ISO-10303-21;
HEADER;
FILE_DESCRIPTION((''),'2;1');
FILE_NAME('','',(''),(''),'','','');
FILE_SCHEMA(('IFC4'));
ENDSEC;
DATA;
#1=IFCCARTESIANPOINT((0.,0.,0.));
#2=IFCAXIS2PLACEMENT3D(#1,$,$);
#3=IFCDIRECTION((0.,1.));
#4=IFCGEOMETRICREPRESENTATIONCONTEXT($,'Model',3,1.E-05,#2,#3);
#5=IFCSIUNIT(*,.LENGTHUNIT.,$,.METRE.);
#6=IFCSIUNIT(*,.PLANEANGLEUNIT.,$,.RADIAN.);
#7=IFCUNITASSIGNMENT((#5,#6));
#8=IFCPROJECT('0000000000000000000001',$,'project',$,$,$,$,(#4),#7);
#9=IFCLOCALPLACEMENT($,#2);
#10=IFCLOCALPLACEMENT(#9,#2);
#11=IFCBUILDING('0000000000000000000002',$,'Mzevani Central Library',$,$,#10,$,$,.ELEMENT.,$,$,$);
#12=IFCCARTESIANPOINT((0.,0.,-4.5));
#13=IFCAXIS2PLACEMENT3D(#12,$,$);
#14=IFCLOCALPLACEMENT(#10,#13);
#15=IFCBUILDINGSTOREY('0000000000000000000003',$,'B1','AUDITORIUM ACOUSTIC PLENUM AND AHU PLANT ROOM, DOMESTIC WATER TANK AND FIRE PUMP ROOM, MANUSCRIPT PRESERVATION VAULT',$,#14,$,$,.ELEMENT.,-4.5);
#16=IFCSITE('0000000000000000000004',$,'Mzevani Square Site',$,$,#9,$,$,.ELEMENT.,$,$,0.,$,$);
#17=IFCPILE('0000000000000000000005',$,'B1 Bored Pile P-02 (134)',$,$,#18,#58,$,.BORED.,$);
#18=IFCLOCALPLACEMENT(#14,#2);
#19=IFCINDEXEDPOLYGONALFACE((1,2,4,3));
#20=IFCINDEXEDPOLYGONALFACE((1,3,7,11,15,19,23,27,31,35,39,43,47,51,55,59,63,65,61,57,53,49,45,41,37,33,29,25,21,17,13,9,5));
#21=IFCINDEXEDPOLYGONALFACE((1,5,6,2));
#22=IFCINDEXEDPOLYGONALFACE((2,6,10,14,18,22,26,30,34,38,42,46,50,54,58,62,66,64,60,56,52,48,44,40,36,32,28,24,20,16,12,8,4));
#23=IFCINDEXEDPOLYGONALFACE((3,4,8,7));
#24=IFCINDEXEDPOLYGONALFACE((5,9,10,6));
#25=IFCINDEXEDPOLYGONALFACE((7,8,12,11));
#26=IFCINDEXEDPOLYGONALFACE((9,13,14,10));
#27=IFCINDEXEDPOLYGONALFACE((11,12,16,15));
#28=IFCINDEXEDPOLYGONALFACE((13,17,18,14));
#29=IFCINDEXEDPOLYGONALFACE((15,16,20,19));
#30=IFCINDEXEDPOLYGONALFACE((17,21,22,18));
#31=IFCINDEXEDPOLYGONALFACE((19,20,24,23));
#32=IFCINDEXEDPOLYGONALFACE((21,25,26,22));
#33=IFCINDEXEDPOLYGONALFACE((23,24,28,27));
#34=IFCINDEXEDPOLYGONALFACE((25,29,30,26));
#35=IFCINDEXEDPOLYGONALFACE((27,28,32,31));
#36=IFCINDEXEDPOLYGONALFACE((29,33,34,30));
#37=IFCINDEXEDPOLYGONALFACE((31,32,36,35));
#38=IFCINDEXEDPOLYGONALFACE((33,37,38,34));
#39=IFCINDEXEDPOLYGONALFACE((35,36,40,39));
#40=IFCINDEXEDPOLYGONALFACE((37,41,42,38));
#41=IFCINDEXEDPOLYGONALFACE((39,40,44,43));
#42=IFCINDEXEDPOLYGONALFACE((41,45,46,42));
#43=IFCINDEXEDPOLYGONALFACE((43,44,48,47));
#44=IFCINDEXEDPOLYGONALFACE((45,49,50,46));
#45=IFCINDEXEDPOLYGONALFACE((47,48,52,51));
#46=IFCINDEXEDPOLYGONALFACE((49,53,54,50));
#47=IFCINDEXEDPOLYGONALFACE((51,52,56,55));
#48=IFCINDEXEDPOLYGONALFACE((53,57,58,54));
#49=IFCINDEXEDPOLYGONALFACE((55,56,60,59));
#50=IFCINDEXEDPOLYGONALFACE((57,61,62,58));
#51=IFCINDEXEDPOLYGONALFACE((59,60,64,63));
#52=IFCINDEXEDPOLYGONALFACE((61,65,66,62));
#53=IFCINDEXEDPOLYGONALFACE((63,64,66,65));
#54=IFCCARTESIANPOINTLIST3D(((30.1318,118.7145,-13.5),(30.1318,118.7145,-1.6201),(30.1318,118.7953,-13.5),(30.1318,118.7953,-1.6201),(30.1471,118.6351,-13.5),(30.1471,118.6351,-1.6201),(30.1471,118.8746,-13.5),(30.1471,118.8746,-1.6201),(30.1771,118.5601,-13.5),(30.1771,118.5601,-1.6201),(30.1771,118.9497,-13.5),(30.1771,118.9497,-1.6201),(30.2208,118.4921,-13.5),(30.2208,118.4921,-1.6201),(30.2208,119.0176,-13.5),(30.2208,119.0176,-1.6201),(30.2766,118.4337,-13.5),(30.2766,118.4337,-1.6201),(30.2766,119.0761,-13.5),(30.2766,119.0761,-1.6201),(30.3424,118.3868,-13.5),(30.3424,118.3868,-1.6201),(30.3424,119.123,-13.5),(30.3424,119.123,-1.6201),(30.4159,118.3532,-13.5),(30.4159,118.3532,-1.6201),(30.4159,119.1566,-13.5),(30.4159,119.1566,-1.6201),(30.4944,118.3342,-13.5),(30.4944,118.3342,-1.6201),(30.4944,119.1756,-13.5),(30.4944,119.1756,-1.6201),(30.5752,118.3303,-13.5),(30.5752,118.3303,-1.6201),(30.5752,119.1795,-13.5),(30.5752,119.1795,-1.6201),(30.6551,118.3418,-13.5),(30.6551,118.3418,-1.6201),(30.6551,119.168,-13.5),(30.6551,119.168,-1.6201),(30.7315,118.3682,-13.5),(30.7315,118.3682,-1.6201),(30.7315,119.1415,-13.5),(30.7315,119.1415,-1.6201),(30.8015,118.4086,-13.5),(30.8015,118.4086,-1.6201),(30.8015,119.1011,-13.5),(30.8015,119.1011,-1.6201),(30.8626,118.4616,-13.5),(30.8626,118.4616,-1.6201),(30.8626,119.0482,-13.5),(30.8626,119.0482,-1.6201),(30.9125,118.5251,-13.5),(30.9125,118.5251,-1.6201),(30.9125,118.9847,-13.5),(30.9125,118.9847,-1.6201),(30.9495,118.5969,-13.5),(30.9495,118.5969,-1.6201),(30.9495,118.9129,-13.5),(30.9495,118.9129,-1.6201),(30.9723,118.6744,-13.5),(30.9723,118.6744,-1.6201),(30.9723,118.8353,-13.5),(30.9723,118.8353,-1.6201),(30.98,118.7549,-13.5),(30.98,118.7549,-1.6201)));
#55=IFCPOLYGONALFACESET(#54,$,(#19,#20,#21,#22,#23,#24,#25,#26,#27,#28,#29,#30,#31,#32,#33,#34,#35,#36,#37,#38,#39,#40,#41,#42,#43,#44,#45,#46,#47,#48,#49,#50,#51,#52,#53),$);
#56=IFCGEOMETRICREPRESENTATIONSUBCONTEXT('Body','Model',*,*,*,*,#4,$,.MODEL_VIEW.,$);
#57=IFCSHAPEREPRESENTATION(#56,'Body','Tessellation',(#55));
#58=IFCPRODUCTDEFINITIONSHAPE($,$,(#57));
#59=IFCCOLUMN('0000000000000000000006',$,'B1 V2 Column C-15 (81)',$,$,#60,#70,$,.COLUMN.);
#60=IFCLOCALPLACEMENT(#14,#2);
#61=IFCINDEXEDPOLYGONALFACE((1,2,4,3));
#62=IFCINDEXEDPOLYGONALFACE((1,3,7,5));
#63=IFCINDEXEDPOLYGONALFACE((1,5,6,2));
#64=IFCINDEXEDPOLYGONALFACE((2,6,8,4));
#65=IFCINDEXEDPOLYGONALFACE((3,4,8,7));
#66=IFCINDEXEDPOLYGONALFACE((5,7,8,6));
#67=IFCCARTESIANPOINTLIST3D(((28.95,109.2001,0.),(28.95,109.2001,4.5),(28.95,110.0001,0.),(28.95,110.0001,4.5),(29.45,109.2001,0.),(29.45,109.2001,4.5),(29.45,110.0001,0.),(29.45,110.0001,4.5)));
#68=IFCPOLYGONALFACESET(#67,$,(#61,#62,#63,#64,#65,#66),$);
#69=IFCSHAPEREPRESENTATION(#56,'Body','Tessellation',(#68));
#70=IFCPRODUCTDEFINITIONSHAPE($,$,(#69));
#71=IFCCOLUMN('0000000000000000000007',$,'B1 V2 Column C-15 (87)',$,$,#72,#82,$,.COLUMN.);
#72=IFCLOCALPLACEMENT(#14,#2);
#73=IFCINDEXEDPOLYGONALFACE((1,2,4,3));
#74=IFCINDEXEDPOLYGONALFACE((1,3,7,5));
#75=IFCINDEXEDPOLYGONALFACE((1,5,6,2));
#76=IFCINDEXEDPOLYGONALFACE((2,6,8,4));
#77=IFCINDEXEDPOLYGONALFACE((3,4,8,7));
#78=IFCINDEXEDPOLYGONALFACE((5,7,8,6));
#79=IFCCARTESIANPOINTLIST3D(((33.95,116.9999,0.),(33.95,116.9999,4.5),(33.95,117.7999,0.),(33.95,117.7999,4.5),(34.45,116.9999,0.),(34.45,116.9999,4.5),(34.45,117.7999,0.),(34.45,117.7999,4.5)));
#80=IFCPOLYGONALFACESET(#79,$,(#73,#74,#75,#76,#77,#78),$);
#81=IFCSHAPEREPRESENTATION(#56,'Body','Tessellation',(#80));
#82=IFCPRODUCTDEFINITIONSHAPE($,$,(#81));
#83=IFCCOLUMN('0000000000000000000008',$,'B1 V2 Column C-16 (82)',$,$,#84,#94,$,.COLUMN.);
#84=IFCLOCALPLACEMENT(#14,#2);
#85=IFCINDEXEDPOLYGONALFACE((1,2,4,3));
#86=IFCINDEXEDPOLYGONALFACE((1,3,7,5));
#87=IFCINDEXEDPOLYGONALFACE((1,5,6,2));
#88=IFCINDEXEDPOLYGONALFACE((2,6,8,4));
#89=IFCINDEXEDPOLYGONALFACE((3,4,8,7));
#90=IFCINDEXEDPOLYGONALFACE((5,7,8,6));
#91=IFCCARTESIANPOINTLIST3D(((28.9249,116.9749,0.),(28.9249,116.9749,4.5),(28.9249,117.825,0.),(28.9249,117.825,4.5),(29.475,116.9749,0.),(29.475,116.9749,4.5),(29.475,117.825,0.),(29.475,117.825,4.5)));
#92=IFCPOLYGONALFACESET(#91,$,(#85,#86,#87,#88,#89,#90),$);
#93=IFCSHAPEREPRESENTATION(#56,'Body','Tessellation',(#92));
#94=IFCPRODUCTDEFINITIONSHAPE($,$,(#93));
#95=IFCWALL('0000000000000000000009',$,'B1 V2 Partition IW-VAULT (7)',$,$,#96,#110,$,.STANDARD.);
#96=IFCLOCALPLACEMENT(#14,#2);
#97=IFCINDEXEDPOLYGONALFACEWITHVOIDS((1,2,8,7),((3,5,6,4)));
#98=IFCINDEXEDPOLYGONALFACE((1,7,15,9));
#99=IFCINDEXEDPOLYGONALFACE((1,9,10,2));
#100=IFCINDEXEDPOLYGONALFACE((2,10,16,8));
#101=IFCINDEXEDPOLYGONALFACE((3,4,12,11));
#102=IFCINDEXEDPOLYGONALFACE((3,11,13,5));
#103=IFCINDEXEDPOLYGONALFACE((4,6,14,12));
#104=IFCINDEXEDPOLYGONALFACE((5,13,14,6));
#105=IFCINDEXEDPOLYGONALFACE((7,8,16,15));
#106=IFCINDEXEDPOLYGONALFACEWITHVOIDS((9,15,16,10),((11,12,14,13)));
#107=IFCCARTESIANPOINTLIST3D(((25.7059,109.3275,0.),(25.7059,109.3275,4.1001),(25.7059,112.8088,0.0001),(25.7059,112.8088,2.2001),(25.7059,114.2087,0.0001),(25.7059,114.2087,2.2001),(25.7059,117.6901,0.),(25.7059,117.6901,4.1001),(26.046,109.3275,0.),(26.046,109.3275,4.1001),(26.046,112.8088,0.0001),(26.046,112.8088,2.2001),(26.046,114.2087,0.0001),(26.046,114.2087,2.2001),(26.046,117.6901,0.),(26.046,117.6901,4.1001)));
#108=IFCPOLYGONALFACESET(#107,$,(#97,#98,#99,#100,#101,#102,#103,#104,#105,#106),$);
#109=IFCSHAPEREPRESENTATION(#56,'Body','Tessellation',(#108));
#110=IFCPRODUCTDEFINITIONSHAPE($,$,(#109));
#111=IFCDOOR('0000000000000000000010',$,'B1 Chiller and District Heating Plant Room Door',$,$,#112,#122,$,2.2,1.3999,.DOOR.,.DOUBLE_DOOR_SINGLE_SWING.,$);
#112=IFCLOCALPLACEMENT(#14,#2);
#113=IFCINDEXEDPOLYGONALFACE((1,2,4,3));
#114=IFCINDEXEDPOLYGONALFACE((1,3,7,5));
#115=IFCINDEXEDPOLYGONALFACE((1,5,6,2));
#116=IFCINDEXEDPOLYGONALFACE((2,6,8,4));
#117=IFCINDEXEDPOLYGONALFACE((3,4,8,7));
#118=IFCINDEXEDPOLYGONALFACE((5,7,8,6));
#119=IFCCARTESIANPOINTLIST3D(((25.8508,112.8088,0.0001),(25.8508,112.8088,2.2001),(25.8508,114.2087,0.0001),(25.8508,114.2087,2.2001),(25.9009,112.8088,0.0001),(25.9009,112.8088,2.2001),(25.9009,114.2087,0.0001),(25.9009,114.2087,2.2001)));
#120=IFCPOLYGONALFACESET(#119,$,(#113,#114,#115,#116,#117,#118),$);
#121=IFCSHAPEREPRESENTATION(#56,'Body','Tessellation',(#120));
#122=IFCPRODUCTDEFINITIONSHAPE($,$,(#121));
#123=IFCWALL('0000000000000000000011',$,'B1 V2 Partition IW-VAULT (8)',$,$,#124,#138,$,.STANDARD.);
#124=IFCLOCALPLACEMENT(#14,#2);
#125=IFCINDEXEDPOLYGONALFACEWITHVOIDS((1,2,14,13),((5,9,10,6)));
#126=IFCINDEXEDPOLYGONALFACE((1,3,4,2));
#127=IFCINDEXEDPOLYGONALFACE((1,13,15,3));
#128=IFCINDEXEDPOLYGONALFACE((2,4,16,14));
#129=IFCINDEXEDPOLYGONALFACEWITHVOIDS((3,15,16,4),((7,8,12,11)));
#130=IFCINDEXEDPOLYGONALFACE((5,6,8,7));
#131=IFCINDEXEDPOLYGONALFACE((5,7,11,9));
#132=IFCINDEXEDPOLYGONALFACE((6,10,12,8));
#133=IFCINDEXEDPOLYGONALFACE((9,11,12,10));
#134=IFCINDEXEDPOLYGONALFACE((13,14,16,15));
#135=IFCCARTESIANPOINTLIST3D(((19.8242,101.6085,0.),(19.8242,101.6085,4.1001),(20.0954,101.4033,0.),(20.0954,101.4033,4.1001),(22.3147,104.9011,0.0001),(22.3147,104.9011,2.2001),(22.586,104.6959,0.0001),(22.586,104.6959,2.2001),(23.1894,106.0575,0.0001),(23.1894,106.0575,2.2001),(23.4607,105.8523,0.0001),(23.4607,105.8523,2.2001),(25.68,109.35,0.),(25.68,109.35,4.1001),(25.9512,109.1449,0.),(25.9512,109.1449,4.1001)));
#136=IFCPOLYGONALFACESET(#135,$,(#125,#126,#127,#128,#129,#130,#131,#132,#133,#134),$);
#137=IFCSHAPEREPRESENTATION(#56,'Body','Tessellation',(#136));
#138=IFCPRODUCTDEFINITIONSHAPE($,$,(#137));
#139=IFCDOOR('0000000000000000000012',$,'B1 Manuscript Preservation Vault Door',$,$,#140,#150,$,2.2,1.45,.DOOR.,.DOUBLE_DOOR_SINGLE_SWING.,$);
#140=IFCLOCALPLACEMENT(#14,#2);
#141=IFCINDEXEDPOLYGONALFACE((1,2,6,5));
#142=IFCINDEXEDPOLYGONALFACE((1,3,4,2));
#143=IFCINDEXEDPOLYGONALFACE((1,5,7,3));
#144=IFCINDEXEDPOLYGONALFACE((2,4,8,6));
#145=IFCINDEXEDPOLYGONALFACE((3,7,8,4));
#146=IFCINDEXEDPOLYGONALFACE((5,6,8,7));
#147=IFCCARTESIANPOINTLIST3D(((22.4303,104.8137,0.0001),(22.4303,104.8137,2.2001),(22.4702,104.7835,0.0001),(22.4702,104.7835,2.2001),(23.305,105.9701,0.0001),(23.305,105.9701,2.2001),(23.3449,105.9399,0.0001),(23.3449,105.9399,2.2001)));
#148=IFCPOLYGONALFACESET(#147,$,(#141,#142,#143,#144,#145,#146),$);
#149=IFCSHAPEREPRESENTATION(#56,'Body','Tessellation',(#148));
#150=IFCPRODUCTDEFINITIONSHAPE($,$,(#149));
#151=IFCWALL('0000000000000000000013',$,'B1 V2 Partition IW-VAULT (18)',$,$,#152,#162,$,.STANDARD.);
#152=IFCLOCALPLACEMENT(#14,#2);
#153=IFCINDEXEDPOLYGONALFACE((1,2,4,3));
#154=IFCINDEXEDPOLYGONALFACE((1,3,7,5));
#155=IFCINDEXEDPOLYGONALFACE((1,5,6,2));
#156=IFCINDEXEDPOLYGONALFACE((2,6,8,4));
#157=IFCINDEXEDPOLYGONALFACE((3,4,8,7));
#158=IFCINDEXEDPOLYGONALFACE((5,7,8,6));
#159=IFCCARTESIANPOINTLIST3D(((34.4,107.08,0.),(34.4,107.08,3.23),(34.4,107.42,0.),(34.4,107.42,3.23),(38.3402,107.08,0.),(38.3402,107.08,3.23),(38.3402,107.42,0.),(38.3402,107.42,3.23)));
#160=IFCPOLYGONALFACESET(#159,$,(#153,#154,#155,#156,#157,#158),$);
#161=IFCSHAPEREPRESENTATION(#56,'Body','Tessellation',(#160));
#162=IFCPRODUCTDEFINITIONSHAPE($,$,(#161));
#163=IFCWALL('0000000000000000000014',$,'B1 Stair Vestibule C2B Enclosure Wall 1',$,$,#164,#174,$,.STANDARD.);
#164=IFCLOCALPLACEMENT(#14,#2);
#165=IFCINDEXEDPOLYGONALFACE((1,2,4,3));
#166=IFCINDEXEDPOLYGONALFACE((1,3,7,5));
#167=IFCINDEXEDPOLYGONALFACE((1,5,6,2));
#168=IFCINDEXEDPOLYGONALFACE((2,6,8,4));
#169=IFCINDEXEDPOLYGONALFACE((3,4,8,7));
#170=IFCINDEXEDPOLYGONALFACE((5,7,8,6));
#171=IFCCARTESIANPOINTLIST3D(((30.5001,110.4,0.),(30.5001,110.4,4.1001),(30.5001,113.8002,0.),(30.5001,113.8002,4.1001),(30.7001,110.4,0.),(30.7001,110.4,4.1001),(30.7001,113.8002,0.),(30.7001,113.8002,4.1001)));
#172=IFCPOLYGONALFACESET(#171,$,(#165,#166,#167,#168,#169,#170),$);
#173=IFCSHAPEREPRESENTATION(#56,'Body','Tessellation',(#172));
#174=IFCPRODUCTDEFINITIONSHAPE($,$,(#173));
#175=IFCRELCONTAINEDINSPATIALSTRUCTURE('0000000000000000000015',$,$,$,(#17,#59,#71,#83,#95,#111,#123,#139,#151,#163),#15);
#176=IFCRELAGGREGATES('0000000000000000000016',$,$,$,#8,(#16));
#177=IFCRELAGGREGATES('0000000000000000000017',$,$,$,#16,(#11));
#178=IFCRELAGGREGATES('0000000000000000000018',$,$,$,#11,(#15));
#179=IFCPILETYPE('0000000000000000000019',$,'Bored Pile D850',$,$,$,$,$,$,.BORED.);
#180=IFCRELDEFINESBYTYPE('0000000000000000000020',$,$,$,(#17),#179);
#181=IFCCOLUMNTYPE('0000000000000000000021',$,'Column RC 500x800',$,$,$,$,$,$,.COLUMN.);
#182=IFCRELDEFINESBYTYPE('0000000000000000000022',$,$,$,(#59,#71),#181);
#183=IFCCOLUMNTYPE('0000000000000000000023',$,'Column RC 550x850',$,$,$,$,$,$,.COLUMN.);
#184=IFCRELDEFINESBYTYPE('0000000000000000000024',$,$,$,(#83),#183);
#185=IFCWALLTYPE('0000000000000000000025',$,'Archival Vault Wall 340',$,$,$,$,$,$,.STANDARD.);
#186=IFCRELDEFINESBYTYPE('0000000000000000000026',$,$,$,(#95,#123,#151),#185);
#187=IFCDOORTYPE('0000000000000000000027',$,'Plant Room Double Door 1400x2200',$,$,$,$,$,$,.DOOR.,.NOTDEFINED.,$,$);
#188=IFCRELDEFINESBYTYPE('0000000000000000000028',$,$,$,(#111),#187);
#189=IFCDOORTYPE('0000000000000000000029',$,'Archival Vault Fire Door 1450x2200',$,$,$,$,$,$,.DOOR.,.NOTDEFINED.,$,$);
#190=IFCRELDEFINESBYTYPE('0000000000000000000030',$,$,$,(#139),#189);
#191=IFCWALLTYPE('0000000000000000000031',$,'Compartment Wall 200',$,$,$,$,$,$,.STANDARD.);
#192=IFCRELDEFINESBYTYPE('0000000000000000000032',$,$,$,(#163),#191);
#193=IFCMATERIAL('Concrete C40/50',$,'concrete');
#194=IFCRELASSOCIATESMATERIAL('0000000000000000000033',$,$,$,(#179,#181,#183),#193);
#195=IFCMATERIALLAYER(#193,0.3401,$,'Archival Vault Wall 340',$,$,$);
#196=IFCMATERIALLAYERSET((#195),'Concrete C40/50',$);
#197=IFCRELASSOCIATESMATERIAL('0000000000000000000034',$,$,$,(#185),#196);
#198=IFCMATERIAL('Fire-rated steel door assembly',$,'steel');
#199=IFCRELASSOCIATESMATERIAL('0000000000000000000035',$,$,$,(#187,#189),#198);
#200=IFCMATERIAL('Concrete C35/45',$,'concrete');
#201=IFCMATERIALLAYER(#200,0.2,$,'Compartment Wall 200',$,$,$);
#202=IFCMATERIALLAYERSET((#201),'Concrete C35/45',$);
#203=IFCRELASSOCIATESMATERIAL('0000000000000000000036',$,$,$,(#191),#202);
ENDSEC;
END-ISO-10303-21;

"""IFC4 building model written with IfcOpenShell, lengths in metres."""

from ifc_helpers import new_model, si_unit, direction, frame, frame_2d, origin, origin_2d, place, context, subcontext, project, spatial, rectangle, circle, extrude, material, layer, layer_set, material_profile, profile_set, type_object, element, fill, save


model = new_model("IFC4")

# Units and contexts
model_context = context("Model", 3, precision=1e-05, world=origin(), true_north=direction((0.0, 1.0)))
body_context = subcontext(model_context, "Body", "Model", "MODEL_VIEW")
ifc_project = project(units=[si_unit("LENGTHUNIT", "METRE"), si_unit("PLANEANGLEUNIT", "RADIAN")], contexts=[model_context])

# Site, building, storey
site_placement = place(None, origin())
site = spatial("IfcSite", under=ifc_project, at=site_placement, Name="Mzevani Square Site", CompositionType="ELEMENT", RefElevation=0.0)
building_placement = place(site_placement, origin())
building = spatial("IfcBuilding", under=site, at=building_placement, Name="Mzevani Central Library", CompositionType="ELEMENT")
storey_placement = place(building_placement, frame((0.0, 0.0, -4.5)))
storey = spatial("IfcBuildingStorey", under=building, at=storey_placement, Name="B1", Description="AUDITORIUM ACOUSTIC PLENUM AND AHU PLANT ROOM, DOMESTIC WATER TANK AND FIRE PUMP ROOM, MANUSCRIPT PRESERVATION VAULT", CompositionType="ELEMENT", Elevation=-4.5)

# Pile
ifc_material_1 = material(Name="Concrete C40/50", Category="concrete")
ifc_material_profile_1 = material_profile(ifc_material_1, circle(Radius=0.425, at=origin_2d()), Name="PILE D850")
ifc_profile_set_1 = profile_set([ifc_material_profile_1], Name="Concrete C40/50")
pile_type_1 = type_object("IfcPileType", Name="Bored Pile D850", PredefinedType="BORED", material=ifc_profile_set_1)
for number, where, z_axis, x_axis, name in (
    (1, (30.5549, 118.7549, -1.6201), (0.0, 0.0, -1.0), (1.0, 0.0, 0.0), "B1 Bored Pile P-02 (134)"),
):
    element("IfcPile", number, at=place(storey_placement, frame(where, z_axis=z_axis, x_axis=x_axis)), inside=storey, type_object=pile_type_1, Name=name, PredefinedType="BORED", context=body_context, shape_type="SweptSolid", body=[
        extrude(circle(Radius=0.425, at=origin_2d()), origin(), (0.0, 0.0, 1.0), 11.8799),
    ])

# Columns
ifc_material_profile_2 = material_profile(ifc_material_1, rectangle(XDim=0.5, YDim=0.8, at=origin_2d()), Name="RC 500x800")
ifc_profile_set_2 = profile_set([ifc_material_profile_2], Name="Concrete C40/50")
column_type_1 = type_object("IfcColumnType", Name="Column RC 500x800", PredefinedType="COLUMN", material=ifc_profile_set_2)
for number, where, z_axis, x_axis, name in (
    (2, (29.2, 109.6001, 0.0), (0.0, 0.0, 1.0), (1.0, 0.0, 0.0), "B1 V2 Column C-15 (81)"),
    (3, (34.2, 117.3999, 0.0), (0.0, 0.0, 1.0), (1.0, 0.0, 0.0), "B1 V2 Column C-15 (87)"),
):
    element("IfcColumn", number, at=place(storey_placement, frame(where, z_axis=z_axis, x_axis=x_axis)), inside=storey, type_object=column_type_1, Name=name, PredefinedType="COLUMN", context=body_context, shape_type="SweptSolid", body=[
        extrude(rectangle(XDim=0.5, YDim=0.8, at=origin_2d()), origin(), (0.0, 0.0, 1.0), 4.5),
    ])
ifc_material_profile_3 = material_profile(ifc_material_1, rectangle(XDim=0.55, YDim=0.8501, at=origin_2d()), Name="RC 550x850")
ifc_profile_set_3 = profile_set([ifc_material_profile_3], Name="Concrete C40/50")
column_type_2 = type_object("IfcColumnType", Name="Column RC 550x850", PredefinedType="COLUMN", material=ifc_profile_set_3)
column_placement = place(storey_placement, frame((29.2, 117.3999, 0.0), z_axis=(0.0, 0.0, 1.0), x_axis=(1.0, 0.0, 0.0)))
element("IfcColumn", 4, at=column_placement, inside=storey, type_object=column_type_2, Name="B1 V2 Column C-16 (82)", PredefinedType="COLUMN", context=body_context, shape_type="SweptSolid", body=[
    extrude(rectangle(XDim=0.55, YDim=0.8501, at=origin_2d()), origin(), (0.0, 0.0, 1.0), 4.5),
])

# Walls, openings, doors
ifc_layer_1 = layer(ifc_material_1, 0.3401, Name="Archival Vault Wall 340")
ifc_layer_set_1 = layer_set([ifc_layer_1], Name="Concrete C40/50")
wall_type_1 = type_object("IfcWallType", Name="Archival Vault Wall 340", PredefinedType="STANDARD", material=ifc_layer_set_1)
wall_1_placement = place(storey_placement, frame((25.876, 117.6899, 0.0), z_axis=(0.0, 0.0, 1.0), x_axis=(0.0, -1.0, 0.0)))
wall_1 = element("IfcWall", 5, at=wall_1_placement, inside=storey, type_object=wall_type_1, Name="B1 V2 Partition IW-VAULT (7)", PredefinedType="STANDARD", context=body_context, shape_type="SweptSolid", body=[
    extrude(rectangle(XDim=8.3625, YDim=0.3401, at=frame_2d((4.1812, 0.0))), origin(), (0.0, 0.0, 1.0), 4.1001),
])
opening_1_placement = place(wall_1_placement, frame((3.4812, 0.0, 0.0)))
opening_1 = element("IfcOpeningElement", 6, at=opening_1_placement, cuts=wall_1, PredefinedType="OPENING", context=body_context, shape_type="SweptSolid", body=[
    extrude(rectangle(XDim=1.3999, YDim=2.2, at=frame_2d((0.7, 1.1001))), frame((0.0, 0.1802, 0.0), z_axis=(0.0, -1.0, 0.0), x_axis=(1.0, 0.0, 0.0)), (0.0, 0.0, 1.0), 0.3601),
])
ifc_material_2 = material(Name="Fire-rated steel door assembly", Category="steel")
door_type_1 = type_object("IfcDoorType", Name="Plant Room Double Door 1400x2200", OperationType="NOTDEFINED", PredefinedType="DOOR", material=ifc_material_2)
door_1_placement = place(opening_1_placement, origin())
door_1 = element("IfcDoor", 7, at=door_1_placement, inside=storey, type_object=door_type_1, Name="B1 Chiller and District Heating Plant Room Door", OperationType="DOUBLE_DOOR_SINGLE_SWING", OverallHeight=2.2, OverallWidth=1.3999, PredefinedType="DOOR", context=body_context, shape_type="SweptSolid", body=[
    extrude(rectangle(XDim=1.3999, YDim=2.2, at=frame_2d((0.7, 1.1001))), frame((0.0, 0.0249, 0.0), z_axis=(0.0, -1.0, 0.0), x_axis=(1.0, 0.0, 0.0)), (0.0, 0.0, 1.0), 0.05),
])
fill(opening_1, door_1)
wall_2_placement = place(storey_placement, frame((25.8157, 109.2476, 0.0), z_axis=(0.0, 0.0, 1.0), x_axis=(-0.603267, -0.797539, 0.0)))
wall_2 = element("IfcWall", 8, at=wall_2_placement, inside=storey, type_object=wall_type_1, Name="B1 V2 Partition IW-VAULT (8)", PredefinedType="STANDARD", context=body_context, shape_type="SweptSolid", body=[
    extrude(rectangle(XDim=9.7068, YDim=0.3401, at=frame_2d((4.8535, 0.0))), origin(), (0.0, 0.0, 1.0), 4.1001),
])
opening_2_placement = place(wall_2_placement, frame((4.1284, 0.0, 0.0)))
opening_2 = element("IfcOpeningElement", 9, at=opening_2_placement, cuts=wall_2, PredefinedType="OPENING", context=body_context, shape_type="SweptSolid", body=[
    extrude(rectangle(XDim=1.45, YDim=2.2, at=frame_2d((0.7251, 1.1001))), frame((0.0, 0.1802, 0.0), z_axis=(0.0, -1.0, 0.0), x_axis=(1.0, 0.0, 0.0)), (0.0, 0.0, 1.0), 0.3601),
])
door_type_2 = type_object("IfcDoorType", Name="Archival Vault Fire Door 1450x2200", OperationType="NOTDEFINED", PredefinedType="DOOR", material=ifc_material_2)
door_2_placement = place(opening_2_placement, origin())
door_2 = element("IfcDoor", 10, at=door_2_placement, inside=storey, type_object=door_type_2, Name="B1 Manuscript Preservation Vault Door", OperationType="DOUBLE_DOOR_SINGLE_SWING", OverallHeight=2.2, OverallWidth=1.45, PredefinedType="DOOR", context=body_context, shape_type="SweptSolid", body=[
    extrude(rectangle(XDim=1.45, YDim=2.2, at=frame_2d((0.7251, 1.1001))), frame((0.0, 0.0249, 0.0), z_axis=(0.0, -1.0, 0.0), x_axis=(1.0, 0.0, 0.0)), (0.0, 0.0, 1.0), 0.05),
])
fill(opening_2, door_2)

# Walls
wall_3_placement = place(storey_placement, frame((34.3999, 107.25, 0.0), z_axis=(0.0, 0.0, 1.0), x_axis=(1.0, 0.0, 0.0)))
element("IfcWall", 11, at=wall_3_placement, inside=storey, type_object=wall_type_1, Name="B1 V2 Partition IW-VAULT (18)", PredefinedType="STANDARD", context=body_context, shape_type="SweptSolid", body=[
    extrude(rectangle(XDim=3.9402, YDim=0.3401, at=frame_2d((1.9702, 0.0))), origin(), (0.0, 0.0, 1.0), 3.23),
])
ifc_material_3 = material(Name="Concrete C35/45", Category="concrete")
ifc_layer_2 = layer(ifc_material_3, 0.2, Name="Compartment Wall 200")
ifc_layer_set_2 = layer_set([ifc_layer_2], Name="Concrete C35/45")
wall_type_2 = type_object("IfcWallType", Name="Compartment Wall 200", PredefinedType="STANDARD", material=ifc_layer_set_2)
wall_4_placement = place(storey_placement, frame((30.6001, 110.3999, 0.0), z_axis=(0.0, 0.0, 1.0), x_axis=(0.0, 1.0, 0.0)))
element("IfcWall", 12, at=wall_4_placement, inside=storey, type_object=wall_type_2, Name="B1 Stair Vestibule C2B Enclosure Wall 1", PredefinedType="STANDARD", context=body_context, shape_type="SweptSolid", body=[
    extrude(rectangle(XDim=3.4001, YDim=0.2, at=frame_2d((1.7002, 0.0))), origin(), (0.0, 0.0, 1.0), 4.1001),
])

save(model, "model.ifc")
